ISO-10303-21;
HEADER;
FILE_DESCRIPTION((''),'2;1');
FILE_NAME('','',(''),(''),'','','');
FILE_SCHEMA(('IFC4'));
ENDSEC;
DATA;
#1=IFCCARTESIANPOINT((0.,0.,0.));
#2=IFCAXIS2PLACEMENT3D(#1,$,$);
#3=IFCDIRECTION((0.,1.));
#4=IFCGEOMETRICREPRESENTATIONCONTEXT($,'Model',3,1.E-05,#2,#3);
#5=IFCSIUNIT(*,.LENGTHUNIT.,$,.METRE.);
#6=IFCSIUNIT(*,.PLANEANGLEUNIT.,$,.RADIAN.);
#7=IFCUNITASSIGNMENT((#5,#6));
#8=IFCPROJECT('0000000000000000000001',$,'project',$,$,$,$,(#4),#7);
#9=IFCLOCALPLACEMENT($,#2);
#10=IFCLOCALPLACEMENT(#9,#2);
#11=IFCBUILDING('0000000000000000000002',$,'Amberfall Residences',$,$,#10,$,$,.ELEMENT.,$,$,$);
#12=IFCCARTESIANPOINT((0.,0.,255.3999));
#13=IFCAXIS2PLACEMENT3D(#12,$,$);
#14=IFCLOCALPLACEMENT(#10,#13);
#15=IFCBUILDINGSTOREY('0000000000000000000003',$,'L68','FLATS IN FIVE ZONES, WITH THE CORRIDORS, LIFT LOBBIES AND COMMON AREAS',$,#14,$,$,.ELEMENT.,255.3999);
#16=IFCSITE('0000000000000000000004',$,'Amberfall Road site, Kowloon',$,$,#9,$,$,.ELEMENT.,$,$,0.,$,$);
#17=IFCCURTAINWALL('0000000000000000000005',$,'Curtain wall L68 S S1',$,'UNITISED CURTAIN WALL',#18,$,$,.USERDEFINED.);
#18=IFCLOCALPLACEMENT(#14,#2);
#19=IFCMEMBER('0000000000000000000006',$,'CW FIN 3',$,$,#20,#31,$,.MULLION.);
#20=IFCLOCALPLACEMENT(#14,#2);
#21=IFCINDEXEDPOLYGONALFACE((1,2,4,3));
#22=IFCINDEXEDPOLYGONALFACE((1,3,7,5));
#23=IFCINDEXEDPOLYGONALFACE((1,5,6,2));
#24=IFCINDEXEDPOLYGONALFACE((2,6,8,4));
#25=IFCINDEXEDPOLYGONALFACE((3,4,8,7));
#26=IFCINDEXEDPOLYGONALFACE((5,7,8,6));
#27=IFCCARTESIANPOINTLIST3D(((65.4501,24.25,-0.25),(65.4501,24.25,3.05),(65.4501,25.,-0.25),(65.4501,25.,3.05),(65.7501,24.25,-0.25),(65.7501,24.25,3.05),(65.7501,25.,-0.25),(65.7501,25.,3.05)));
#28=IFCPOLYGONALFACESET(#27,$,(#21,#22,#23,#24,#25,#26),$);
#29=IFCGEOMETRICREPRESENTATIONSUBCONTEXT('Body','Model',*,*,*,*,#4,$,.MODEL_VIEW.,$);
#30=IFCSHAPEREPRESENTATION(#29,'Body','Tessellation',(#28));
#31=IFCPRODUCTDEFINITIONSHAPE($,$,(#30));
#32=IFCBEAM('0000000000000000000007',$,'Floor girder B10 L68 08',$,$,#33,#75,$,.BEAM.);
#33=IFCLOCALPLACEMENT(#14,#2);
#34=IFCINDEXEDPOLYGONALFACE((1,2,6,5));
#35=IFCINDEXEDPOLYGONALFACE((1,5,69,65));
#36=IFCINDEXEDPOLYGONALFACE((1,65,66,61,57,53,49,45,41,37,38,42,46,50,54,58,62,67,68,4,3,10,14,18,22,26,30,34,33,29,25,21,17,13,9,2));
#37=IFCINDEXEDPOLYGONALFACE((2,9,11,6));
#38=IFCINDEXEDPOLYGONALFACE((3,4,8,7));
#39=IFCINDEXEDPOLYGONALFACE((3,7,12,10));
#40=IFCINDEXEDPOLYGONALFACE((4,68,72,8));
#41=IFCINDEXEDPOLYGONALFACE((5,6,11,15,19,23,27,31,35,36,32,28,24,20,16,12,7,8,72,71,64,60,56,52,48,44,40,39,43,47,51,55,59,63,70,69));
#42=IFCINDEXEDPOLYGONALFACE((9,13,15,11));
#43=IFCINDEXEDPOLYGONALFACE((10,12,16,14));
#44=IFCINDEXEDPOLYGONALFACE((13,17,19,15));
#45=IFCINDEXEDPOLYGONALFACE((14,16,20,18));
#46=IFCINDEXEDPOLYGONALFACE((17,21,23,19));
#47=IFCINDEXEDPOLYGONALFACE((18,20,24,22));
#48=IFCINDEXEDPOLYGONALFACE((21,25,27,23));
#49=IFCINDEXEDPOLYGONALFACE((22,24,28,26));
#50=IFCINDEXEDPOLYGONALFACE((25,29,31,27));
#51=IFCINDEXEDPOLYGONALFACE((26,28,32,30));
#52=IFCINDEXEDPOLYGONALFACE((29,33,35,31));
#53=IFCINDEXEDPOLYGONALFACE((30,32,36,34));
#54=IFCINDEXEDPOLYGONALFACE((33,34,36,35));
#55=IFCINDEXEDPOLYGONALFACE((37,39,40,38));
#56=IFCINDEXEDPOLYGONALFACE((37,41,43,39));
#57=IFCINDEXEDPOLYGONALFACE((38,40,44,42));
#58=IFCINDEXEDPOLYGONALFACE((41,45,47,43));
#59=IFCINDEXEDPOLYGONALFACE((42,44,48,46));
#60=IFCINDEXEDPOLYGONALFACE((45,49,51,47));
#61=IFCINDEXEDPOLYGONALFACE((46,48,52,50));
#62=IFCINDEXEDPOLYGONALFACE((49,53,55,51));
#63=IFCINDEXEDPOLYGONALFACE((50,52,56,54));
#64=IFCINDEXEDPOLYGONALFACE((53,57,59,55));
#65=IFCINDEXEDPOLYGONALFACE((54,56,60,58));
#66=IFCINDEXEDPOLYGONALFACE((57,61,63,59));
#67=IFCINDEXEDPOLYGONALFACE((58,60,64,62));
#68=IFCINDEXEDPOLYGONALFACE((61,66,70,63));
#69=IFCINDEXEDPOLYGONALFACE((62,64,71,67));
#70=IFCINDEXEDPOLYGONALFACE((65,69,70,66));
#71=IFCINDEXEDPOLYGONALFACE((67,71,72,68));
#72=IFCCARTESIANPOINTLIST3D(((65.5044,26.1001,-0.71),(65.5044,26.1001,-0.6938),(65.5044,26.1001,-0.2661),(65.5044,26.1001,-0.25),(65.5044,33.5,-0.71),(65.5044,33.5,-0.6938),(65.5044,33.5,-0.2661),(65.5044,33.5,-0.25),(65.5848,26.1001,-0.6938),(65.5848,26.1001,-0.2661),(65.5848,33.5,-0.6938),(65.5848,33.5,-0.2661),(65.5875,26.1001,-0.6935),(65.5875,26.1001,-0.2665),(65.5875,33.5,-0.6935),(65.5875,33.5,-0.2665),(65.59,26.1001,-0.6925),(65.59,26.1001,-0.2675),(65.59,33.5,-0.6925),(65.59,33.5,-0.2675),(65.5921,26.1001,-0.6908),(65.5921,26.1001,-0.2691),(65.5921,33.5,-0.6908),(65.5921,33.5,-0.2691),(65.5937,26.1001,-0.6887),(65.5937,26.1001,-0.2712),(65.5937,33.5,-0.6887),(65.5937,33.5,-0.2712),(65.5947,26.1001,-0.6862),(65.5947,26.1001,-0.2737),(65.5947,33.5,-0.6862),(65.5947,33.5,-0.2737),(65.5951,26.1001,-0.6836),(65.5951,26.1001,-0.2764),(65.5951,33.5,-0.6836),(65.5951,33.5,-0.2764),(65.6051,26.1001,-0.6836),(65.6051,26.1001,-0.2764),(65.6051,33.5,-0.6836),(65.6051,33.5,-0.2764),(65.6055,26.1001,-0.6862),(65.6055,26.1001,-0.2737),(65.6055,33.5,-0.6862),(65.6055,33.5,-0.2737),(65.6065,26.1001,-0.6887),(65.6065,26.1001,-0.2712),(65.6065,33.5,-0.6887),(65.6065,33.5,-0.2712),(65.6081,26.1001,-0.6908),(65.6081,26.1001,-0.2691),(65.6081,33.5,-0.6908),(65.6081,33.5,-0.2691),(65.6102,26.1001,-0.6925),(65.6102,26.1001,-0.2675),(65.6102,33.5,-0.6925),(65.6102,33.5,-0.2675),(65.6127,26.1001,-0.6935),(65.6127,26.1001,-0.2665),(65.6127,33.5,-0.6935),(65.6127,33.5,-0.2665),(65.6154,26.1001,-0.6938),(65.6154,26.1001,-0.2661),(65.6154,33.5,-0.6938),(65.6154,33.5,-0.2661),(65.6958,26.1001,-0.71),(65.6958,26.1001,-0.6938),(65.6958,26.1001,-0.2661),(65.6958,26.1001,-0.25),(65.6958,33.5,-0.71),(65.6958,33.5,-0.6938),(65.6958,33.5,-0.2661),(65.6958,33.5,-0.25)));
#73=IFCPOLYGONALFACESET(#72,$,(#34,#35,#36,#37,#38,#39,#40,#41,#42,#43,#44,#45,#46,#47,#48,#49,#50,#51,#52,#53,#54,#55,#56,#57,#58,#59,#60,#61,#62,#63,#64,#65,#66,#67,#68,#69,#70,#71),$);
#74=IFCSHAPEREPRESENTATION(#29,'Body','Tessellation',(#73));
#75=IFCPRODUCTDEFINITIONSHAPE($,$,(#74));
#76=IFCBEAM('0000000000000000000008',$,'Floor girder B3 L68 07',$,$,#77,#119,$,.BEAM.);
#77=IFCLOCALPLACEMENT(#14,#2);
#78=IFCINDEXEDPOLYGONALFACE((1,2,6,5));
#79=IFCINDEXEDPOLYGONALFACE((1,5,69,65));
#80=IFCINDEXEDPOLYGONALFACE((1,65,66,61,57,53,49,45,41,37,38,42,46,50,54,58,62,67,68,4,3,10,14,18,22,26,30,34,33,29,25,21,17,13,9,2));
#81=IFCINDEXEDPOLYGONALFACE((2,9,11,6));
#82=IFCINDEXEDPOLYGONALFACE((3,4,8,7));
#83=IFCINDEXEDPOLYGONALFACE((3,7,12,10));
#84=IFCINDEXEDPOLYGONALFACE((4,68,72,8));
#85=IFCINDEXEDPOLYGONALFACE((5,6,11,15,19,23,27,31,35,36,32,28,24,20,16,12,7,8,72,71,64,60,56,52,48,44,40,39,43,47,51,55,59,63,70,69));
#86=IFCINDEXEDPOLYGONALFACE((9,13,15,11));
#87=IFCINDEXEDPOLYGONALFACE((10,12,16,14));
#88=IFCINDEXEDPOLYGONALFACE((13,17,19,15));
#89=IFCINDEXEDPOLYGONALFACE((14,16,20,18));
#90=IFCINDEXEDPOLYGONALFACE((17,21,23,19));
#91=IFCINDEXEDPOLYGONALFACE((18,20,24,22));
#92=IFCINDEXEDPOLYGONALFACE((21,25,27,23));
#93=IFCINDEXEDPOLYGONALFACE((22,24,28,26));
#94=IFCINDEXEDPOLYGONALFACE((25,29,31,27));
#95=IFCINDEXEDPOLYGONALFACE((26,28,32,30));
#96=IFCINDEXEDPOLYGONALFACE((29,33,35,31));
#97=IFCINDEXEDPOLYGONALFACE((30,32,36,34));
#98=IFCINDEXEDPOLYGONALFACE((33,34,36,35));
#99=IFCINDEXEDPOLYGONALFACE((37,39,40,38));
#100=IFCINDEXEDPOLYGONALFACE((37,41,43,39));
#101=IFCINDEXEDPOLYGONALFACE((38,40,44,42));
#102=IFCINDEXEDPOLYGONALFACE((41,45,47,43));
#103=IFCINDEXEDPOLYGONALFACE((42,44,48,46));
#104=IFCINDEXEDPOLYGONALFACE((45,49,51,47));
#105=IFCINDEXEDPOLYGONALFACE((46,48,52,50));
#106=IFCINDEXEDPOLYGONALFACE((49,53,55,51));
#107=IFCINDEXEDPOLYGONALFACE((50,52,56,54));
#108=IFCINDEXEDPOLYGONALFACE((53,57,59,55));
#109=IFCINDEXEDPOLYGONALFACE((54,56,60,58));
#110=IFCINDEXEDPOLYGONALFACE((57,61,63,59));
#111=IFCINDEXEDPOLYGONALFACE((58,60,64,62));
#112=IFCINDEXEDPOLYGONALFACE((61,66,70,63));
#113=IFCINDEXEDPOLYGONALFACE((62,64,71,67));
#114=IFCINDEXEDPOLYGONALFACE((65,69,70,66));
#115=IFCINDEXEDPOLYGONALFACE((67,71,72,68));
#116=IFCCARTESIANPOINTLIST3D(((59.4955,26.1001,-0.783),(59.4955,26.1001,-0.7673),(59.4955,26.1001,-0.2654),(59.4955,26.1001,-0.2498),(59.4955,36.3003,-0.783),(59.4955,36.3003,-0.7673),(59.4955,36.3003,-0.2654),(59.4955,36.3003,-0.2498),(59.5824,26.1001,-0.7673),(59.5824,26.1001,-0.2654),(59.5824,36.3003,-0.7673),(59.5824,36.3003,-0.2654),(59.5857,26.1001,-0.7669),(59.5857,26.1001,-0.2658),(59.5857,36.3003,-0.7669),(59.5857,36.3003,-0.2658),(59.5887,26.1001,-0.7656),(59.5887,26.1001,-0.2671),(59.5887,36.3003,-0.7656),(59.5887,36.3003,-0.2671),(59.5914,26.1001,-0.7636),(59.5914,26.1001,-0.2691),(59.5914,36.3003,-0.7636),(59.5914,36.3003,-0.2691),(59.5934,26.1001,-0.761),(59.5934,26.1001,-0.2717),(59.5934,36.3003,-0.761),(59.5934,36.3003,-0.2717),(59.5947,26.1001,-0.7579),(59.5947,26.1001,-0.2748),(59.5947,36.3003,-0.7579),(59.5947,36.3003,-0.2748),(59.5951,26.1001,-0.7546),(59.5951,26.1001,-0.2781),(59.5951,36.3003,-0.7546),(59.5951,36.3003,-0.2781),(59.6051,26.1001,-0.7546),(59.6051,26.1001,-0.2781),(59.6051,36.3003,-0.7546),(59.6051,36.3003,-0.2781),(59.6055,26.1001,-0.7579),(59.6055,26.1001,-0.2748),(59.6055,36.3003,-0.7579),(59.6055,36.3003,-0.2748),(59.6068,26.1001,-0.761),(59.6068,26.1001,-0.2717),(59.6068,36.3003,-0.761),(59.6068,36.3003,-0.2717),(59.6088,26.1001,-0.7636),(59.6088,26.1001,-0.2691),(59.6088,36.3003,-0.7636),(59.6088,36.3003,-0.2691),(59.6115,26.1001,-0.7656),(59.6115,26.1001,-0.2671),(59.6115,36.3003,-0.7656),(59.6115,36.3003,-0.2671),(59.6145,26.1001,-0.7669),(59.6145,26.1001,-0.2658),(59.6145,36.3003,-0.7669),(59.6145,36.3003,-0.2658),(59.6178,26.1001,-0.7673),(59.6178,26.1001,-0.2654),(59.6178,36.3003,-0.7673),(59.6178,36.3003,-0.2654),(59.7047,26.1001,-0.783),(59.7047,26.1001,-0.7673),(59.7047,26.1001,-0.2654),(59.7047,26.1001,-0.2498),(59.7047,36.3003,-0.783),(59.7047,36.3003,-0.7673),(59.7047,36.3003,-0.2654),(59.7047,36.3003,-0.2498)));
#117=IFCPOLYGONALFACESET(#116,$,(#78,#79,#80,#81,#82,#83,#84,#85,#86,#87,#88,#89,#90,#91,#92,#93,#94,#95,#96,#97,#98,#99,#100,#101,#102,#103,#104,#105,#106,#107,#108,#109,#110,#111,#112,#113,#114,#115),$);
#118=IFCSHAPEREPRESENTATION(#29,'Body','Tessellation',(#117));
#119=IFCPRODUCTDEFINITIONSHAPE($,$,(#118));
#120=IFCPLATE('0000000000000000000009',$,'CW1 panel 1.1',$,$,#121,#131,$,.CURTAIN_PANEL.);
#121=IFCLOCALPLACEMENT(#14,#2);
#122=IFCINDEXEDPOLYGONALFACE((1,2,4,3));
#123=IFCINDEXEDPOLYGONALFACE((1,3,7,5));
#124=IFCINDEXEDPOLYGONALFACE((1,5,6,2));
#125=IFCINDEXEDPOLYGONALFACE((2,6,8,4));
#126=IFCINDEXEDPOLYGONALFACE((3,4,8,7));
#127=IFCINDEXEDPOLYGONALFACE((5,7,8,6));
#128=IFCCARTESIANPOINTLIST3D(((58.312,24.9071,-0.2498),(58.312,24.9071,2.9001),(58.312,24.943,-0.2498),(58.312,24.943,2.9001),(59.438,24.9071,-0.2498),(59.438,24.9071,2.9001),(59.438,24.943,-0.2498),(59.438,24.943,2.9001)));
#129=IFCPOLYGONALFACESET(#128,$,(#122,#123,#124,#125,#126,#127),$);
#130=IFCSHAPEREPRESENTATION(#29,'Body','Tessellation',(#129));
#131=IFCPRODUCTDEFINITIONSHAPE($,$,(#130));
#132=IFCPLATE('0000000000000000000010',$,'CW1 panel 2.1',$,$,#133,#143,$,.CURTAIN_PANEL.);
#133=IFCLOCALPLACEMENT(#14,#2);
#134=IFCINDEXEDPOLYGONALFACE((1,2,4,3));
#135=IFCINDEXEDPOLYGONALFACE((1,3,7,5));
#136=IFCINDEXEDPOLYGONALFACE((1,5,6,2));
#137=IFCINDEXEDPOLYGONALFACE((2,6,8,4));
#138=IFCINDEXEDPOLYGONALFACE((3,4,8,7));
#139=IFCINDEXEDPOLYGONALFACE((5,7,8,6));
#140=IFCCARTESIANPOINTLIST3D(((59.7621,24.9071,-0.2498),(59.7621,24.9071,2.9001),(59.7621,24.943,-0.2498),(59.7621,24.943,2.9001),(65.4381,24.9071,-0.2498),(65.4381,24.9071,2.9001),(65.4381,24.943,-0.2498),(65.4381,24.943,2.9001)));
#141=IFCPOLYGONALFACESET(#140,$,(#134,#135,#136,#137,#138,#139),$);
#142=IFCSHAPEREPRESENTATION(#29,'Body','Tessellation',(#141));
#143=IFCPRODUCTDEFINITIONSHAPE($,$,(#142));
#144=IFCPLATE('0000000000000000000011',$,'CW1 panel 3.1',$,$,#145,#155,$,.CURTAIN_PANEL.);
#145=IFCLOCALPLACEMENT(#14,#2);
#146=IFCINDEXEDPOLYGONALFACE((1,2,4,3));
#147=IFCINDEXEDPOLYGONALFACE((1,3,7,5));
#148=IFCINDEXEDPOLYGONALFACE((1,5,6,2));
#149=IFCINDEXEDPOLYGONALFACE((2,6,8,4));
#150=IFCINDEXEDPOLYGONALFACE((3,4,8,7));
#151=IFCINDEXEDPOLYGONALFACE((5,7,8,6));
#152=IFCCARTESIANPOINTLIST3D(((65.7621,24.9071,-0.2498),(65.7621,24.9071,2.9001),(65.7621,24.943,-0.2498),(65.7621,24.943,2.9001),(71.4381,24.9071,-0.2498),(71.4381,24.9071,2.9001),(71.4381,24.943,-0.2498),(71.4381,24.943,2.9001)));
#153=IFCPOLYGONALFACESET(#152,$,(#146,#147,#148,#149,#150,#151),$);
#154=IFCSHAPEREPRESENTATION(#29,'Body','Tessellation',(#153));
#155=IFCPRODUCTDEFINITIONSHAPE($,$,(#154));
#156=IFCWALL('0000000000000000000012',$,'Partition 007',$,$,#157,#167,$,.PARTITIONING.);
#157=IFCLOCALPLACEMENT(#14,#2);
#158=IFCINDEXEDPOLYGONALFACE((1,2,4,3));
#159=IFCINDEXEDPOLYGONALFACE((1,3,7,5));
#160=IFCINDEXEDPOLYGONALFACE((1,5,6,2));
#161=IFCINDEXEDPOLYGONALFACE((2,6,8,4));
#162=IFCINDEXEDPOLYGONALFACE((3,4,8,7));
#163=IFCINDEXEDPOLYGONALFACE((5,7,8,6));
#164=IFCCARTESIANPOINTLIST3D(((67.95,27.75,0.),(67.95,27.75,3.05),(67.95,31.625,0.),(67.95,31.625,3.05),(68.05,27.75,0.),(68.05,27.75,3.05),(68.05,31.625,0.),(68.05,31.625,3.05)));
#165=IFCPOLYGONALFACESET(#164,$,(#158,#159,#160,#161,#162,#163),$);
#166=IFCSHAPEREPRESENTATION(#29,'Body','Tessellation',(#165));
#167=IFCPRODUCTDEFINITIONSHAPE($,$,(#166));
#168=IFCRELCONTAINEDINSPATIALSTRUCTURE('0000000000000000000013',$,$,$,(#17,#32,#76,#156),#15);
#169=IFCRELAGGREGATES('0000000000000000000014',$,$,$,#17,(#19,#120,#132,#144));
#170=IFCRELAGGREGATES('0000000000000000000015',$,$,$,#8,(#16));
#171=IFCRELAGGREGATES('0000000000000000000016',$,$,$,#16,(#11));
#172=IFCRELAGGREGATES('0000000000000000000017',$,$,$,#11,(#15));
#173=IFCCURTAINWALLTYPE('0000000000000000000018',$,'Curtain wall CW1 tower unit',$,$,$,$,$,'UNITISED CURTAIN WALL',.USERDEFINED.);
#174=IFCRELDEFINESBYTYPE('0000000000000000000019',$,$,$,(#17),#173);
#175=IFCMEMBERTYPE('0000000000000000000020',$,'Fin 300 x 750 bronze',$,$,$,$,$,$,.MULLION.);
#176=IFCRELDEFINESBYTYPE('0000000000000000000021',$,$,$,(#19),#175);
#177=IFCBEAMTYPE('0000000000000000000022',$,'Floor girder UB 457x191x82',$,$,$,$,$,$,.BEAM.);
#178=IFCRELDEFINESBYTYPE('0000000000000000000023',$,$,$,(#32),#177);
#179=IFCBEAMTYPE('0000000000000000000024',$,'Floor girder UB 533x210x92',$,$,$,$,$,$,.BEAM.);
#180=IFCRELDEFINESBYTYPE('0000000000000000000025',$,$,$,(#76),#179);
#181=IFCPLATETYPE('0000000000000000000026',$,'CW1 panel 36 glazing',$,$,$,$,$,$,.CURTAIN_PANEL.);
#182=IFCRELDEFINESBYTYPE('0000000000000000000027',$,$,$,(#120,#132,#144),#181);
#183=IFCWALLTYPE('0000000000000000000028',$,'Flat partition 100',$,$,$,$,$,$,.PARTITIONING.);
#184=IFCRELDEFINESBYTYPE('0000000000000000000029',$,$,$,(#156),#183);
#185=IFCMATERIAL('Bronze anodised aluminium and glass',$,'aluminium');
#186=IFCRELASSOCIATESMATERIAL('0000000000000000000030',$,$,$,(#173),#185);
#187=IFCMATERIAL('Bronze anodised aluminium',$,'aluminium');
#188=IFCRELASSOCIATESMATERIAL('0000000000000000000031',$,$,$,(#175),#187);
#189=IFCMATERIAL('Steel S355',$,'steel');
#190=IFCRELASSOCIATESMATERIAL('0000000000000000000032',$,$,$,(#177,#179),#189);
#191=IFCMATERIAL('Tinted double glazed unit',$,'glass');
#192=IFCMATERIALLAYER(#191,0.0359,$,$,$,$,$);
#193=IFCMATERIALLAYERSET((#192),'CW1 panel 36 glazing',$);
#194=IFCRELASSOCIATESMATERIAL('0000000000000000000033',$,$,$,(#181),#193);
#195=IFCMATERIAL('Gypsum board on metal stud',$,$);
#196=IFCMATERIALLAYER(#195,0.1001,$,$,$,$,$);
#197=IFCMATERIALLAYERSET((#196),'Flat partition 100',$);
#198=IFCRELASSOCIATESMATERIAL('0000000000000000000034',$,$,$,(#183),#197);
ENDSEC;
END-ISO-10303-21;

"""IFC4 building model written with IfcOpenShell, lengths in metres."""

from ifc_helpers import new_model, si_unit, direction, frame, frame_2d, origin, origin_2d, place, context, subcontext, project, spatial, rectangle, i_section, extrude, material, layer, layer_set, material_profile, profile_set, type_object, element, aggregate, save


model = new_model("IFC4")

# Units and contexts
model_context = context("Model", 3, precision=1e-05, world=origin(), true_north=direction((0.0, 1.0)))
body_context = subcontext(model_context, "Body", "Model", "MODEL_VIEW")
ifc_project = project(units=[si_unit("LENGTHUNIT", "METRE"), si_unit("PLANEANGLEUNIT", "RADIAN")], contexts=[model_context])

# Site, building, storey
site_placement = place(None, origin())
site = spatial("IfcSite", under=ifc_project, at=site_placement, Name="Amberfall Road site, Kowloon", CompositionType="ELEMENT", RefElevation=0.0)
building_placement = place(site_placement, origin())
building = spatial("IfcBuilding", under=site, at=building_placement, Name="Amberfall Residences", CompositionType="ELEMENT")
storey_placement = place(building_placement, frame((0.0, 0.0, 255.3999)))
storey = spatial("IfcBuildingStorey", under=building, at=storey_placement, Name="L68", Description="FLATS IN FIVE ZONES, WITH THE CORRIDORS, LIFT LOBBIES AND COMMON AREAS", CompositionType="ELEMENT", Elevation=255.3999)

# Curtain wall
ifc_material_1 = material(Name="Bronze anodised aluminium and glass", Category="aluminium")
curtain_wall_type = type_object("IfcCurtainWallType", Name="Curtain wall CW1 tower unit", ElementType="UNITISED CURTAIN WALL", PredefinedType="USERDEFINED", material=ifc_material_1)
curtain_wall_placement = place(storey_placement, origin())
curtain_wall = element("IfcCurtainWall", 1, at=curtain_wall_placement, inside=storey, type_object=curtain_wall_type, Name="Curtain wall L68 S S1", ObjectType="UNITISED CURTAIN WALL", PredefinedType="USERDEFINED")
ifc_material_2 = material(Name="Bronze anodised aluminium", Category="aluminium")

# Shared definitions
ifc_material_3 = material(Name="Steel S355", Category="steel")

# Member
ifc_material_profile_1 = material_profile(ifc_material_2, rectangle(XDim=0.75, YDim=0.3, at=origin_2d()), Name="Fin 300 x 750 bronze")
ifc_profile_set_1 = profile_set([ifc_material_profile_1], Name="Bronze anodised aluminium")
member_type_1 = type_object("IfcMemberType", Name="Fin 300 x 750 bronze", PredefinedType="MULLION", material=ifc_profile_set_1)
member_1_placement = place(storey_placement, frame((65.6001, 24.625, -0.25), z_axis=(0.0, 0.0, 1.0), x_axis=(0.0, 1.0, 0.0)))
member_1 = element("IfcMember", 2, at=member_1_placement, type_object=member_type_1, Name="CW FIN 3", PredefinedType="MULLION", context=body_context, shape_type="SweptSolid", body=[
    extrude(rectangle(XDim=0.75, YDim=0.3, at=origin_2d()), origin(), (0.0, 0.0, 1.0), 3.3),
])

# Beams
ifc_material_profile_2 = material_profile(ifc_material_3, i_section(OverallWidth=0.1914, OverallDepth=0.46, WebThickness=0.01, FlangeThickness=0.0161, FilletRadius=0.0103, at=origin_2d()), Name="UB 457x191x82")
ifc_profile_set_2 = profile_set([ifc_material_profile_2], Name="Steel S355")
beam_type_1 = type_object("IfcBeamType", Name="Floor girder UB 457x191x82", PredefinedType="BEAM", material=ifc_profile_set_2)
beam_1_placement = place(storey_placement, frame((65.6001, 26.1001, -0.48), z_axis=(0.0, 1.0, 0.0), x_axis=(-1.0, 0.0, 0.0)))
element("IfcBeam", 3, at=beam_1_placement, inside=storey, type_object=beam_type_1, Name="Floor girder B10 L68 08", PredefinedType="BEAM", context=body_context, shape_type="SweptSolid", body=[
    extrude(i_section(OverallWidth=0.1914, OverallDepth=0.46, WebThickness=0.01, FlangeThickness=0.0161, FilletRadius=0.0103, at=origin_2d()), origin(), (0.0, 0.0, 1.0), 7.3999),
])
ifc_material_profile_3 = material_profile(ifc_material_3, i_section(OverallWidth=0.2092, OverallDepth=0.5332, WebThickness=0.01, FlangeThickness=0.0156, FilletRadius=0.0127, at=origin_2d()), Name="UB 533x210x92")
ifc_profile_set_3 = profile_set([ifc_material_profile_3], Name="Steel S355")
beam_type_2 = type_object("IfcBeamType", Name="Floor girder UB 533x210x92", PredefinedType="BEAM", material=ifc_profile_set_3)
beam_2_placement = place(storey_placement, frame((59.6001, 26.1001, -0.5164), z_axis=(0.0, 1.0, 0.0), x_axis=(-1.0, 0.0, 0.0)))
element("IfcBeam", 4, at=beam_2_placement, inside=storey, type_object=beam_type_2, Name="Floor girder B3 L68 07", PredefinedType="BEAM", context=body_context, shape_type="SweptSolid", body=[
    extrude(i_section(OverallWidth=0.2092, OverallDepth=0.5332, WebThickness=0.01, FlangeThickness=0.0156, FilletRadius=0.0127, at=origin_2d()), origin(), (0.0, 0.0, 1.0), 10.2002),
])

# Plates
ifc_material_4 = material(Name="Tinted double glazed unit", Category="glass")
ifc_layer_1 = layer(ifc_material_4, 0.0359)
ifc_layer_set_1 = layer_set([ifc_layer_1], Name="CW1 panel 36 glazing")
plate_type = type_object("IfcPlateType", Name="CW1 panel 36 glazing", PredefinedType="CURTAIN_PANEL", material=ifc_layer_set_1)
plate_1_placement = place(storey_placement, frame((58.875, 24.925, -0.2498), z_axis=(0.0, 0.0, 1.0), x_axis=(1.0, 0.0, 0.0)))
plate_1 = element("IfcPlate", 5, at=plate_1_placement, type_object=plate_type, Name="CW1 panel 1.1", PredefinedType="CURTAIN_PANEL", context=body_context, shape_type="SweptSolid", body=[
    extrude(rectangle(XDim=1.126, YDim=0.0359, at=origin_2d()), origin(), (0.0, 0.0, 1.0), 3.1499),
])
plate_2_placement = place(storey_placement, frame((62.6001, 24.925, -0.2498), z_axis=(0.0, 0.0, 1.0), x_axis=(1.0, 0.0, 0.0)))
plate_2 = element("IfcPlate", 6, at=plate_2_placement, type_object=plate_type, Name="CW1 panel 2.1", PredefinedType="CURTAIN_PANEL", context=body_context, shape_type="SweptSolid", body=[
    extrude(rectangle(XDim=5.676, YDim=0.0359, at=origin_2d()), origin(), (0.0, 0.0, 1.0), 3.1499),
])
plate_3_placement = place(storey_placement, frame((68.6001, 24.925, -0.2498), z_axis=(0.0, 0.0, 1.0), x_axis=(1.0, 0.0, 0.0)))
plate_3 = element("IfcPlate", 7, at=plate_3_placement, type_object=plate_type, Name="CW1 panel 3.1", PredefinedType="CURTAIN_PANEL", context=body_context, shape_type="SweptSolid", body=[
    extrude(rectangle(XDim=5.676, YDim=0.0359, at=origin_2d()), origin(), (0.0, 0.0, 1.0), 3.1499),
])
aggregate(curtain_wall, [member_1, plate_1, plate_2, plate_3])

# Wall
ifc_material_5 = material(Name="Gypsum board on metal stud")
ifc_layer_2 = layer(ifc_material_5, 0.1001)
ifc_layer_set_2 = layer_set([ifc_layer_2], Name="Flat partition 100")
wall_type = type_object("IfcWallType", Name="Flat partition 100", PredefinedType="PARTITIONING", material=ifc_layer_set_2)
wall_1_placement = place(storey_placement, frame((68.0, 27.75, 0.0), z_axis=(0.0, 0.0, 1.0), x_axis=(0.0, 1.0, 0.0)))
element("IfcWall", 8, at=wall_1_placement, inside=storey, type_object=wall_type, Name="Partition 007", PredefinedType="PARTITIONING", context=body_context, shape_type="SweptSolid", body=[
    extrude(rectangle(XDim=3.875, YDim=0.1001, at=frame_2d((1.9375, 0.0))), origin(), (0.0, 0.0, 1.0), 3.05),
])

save(model, "model.ifc")
